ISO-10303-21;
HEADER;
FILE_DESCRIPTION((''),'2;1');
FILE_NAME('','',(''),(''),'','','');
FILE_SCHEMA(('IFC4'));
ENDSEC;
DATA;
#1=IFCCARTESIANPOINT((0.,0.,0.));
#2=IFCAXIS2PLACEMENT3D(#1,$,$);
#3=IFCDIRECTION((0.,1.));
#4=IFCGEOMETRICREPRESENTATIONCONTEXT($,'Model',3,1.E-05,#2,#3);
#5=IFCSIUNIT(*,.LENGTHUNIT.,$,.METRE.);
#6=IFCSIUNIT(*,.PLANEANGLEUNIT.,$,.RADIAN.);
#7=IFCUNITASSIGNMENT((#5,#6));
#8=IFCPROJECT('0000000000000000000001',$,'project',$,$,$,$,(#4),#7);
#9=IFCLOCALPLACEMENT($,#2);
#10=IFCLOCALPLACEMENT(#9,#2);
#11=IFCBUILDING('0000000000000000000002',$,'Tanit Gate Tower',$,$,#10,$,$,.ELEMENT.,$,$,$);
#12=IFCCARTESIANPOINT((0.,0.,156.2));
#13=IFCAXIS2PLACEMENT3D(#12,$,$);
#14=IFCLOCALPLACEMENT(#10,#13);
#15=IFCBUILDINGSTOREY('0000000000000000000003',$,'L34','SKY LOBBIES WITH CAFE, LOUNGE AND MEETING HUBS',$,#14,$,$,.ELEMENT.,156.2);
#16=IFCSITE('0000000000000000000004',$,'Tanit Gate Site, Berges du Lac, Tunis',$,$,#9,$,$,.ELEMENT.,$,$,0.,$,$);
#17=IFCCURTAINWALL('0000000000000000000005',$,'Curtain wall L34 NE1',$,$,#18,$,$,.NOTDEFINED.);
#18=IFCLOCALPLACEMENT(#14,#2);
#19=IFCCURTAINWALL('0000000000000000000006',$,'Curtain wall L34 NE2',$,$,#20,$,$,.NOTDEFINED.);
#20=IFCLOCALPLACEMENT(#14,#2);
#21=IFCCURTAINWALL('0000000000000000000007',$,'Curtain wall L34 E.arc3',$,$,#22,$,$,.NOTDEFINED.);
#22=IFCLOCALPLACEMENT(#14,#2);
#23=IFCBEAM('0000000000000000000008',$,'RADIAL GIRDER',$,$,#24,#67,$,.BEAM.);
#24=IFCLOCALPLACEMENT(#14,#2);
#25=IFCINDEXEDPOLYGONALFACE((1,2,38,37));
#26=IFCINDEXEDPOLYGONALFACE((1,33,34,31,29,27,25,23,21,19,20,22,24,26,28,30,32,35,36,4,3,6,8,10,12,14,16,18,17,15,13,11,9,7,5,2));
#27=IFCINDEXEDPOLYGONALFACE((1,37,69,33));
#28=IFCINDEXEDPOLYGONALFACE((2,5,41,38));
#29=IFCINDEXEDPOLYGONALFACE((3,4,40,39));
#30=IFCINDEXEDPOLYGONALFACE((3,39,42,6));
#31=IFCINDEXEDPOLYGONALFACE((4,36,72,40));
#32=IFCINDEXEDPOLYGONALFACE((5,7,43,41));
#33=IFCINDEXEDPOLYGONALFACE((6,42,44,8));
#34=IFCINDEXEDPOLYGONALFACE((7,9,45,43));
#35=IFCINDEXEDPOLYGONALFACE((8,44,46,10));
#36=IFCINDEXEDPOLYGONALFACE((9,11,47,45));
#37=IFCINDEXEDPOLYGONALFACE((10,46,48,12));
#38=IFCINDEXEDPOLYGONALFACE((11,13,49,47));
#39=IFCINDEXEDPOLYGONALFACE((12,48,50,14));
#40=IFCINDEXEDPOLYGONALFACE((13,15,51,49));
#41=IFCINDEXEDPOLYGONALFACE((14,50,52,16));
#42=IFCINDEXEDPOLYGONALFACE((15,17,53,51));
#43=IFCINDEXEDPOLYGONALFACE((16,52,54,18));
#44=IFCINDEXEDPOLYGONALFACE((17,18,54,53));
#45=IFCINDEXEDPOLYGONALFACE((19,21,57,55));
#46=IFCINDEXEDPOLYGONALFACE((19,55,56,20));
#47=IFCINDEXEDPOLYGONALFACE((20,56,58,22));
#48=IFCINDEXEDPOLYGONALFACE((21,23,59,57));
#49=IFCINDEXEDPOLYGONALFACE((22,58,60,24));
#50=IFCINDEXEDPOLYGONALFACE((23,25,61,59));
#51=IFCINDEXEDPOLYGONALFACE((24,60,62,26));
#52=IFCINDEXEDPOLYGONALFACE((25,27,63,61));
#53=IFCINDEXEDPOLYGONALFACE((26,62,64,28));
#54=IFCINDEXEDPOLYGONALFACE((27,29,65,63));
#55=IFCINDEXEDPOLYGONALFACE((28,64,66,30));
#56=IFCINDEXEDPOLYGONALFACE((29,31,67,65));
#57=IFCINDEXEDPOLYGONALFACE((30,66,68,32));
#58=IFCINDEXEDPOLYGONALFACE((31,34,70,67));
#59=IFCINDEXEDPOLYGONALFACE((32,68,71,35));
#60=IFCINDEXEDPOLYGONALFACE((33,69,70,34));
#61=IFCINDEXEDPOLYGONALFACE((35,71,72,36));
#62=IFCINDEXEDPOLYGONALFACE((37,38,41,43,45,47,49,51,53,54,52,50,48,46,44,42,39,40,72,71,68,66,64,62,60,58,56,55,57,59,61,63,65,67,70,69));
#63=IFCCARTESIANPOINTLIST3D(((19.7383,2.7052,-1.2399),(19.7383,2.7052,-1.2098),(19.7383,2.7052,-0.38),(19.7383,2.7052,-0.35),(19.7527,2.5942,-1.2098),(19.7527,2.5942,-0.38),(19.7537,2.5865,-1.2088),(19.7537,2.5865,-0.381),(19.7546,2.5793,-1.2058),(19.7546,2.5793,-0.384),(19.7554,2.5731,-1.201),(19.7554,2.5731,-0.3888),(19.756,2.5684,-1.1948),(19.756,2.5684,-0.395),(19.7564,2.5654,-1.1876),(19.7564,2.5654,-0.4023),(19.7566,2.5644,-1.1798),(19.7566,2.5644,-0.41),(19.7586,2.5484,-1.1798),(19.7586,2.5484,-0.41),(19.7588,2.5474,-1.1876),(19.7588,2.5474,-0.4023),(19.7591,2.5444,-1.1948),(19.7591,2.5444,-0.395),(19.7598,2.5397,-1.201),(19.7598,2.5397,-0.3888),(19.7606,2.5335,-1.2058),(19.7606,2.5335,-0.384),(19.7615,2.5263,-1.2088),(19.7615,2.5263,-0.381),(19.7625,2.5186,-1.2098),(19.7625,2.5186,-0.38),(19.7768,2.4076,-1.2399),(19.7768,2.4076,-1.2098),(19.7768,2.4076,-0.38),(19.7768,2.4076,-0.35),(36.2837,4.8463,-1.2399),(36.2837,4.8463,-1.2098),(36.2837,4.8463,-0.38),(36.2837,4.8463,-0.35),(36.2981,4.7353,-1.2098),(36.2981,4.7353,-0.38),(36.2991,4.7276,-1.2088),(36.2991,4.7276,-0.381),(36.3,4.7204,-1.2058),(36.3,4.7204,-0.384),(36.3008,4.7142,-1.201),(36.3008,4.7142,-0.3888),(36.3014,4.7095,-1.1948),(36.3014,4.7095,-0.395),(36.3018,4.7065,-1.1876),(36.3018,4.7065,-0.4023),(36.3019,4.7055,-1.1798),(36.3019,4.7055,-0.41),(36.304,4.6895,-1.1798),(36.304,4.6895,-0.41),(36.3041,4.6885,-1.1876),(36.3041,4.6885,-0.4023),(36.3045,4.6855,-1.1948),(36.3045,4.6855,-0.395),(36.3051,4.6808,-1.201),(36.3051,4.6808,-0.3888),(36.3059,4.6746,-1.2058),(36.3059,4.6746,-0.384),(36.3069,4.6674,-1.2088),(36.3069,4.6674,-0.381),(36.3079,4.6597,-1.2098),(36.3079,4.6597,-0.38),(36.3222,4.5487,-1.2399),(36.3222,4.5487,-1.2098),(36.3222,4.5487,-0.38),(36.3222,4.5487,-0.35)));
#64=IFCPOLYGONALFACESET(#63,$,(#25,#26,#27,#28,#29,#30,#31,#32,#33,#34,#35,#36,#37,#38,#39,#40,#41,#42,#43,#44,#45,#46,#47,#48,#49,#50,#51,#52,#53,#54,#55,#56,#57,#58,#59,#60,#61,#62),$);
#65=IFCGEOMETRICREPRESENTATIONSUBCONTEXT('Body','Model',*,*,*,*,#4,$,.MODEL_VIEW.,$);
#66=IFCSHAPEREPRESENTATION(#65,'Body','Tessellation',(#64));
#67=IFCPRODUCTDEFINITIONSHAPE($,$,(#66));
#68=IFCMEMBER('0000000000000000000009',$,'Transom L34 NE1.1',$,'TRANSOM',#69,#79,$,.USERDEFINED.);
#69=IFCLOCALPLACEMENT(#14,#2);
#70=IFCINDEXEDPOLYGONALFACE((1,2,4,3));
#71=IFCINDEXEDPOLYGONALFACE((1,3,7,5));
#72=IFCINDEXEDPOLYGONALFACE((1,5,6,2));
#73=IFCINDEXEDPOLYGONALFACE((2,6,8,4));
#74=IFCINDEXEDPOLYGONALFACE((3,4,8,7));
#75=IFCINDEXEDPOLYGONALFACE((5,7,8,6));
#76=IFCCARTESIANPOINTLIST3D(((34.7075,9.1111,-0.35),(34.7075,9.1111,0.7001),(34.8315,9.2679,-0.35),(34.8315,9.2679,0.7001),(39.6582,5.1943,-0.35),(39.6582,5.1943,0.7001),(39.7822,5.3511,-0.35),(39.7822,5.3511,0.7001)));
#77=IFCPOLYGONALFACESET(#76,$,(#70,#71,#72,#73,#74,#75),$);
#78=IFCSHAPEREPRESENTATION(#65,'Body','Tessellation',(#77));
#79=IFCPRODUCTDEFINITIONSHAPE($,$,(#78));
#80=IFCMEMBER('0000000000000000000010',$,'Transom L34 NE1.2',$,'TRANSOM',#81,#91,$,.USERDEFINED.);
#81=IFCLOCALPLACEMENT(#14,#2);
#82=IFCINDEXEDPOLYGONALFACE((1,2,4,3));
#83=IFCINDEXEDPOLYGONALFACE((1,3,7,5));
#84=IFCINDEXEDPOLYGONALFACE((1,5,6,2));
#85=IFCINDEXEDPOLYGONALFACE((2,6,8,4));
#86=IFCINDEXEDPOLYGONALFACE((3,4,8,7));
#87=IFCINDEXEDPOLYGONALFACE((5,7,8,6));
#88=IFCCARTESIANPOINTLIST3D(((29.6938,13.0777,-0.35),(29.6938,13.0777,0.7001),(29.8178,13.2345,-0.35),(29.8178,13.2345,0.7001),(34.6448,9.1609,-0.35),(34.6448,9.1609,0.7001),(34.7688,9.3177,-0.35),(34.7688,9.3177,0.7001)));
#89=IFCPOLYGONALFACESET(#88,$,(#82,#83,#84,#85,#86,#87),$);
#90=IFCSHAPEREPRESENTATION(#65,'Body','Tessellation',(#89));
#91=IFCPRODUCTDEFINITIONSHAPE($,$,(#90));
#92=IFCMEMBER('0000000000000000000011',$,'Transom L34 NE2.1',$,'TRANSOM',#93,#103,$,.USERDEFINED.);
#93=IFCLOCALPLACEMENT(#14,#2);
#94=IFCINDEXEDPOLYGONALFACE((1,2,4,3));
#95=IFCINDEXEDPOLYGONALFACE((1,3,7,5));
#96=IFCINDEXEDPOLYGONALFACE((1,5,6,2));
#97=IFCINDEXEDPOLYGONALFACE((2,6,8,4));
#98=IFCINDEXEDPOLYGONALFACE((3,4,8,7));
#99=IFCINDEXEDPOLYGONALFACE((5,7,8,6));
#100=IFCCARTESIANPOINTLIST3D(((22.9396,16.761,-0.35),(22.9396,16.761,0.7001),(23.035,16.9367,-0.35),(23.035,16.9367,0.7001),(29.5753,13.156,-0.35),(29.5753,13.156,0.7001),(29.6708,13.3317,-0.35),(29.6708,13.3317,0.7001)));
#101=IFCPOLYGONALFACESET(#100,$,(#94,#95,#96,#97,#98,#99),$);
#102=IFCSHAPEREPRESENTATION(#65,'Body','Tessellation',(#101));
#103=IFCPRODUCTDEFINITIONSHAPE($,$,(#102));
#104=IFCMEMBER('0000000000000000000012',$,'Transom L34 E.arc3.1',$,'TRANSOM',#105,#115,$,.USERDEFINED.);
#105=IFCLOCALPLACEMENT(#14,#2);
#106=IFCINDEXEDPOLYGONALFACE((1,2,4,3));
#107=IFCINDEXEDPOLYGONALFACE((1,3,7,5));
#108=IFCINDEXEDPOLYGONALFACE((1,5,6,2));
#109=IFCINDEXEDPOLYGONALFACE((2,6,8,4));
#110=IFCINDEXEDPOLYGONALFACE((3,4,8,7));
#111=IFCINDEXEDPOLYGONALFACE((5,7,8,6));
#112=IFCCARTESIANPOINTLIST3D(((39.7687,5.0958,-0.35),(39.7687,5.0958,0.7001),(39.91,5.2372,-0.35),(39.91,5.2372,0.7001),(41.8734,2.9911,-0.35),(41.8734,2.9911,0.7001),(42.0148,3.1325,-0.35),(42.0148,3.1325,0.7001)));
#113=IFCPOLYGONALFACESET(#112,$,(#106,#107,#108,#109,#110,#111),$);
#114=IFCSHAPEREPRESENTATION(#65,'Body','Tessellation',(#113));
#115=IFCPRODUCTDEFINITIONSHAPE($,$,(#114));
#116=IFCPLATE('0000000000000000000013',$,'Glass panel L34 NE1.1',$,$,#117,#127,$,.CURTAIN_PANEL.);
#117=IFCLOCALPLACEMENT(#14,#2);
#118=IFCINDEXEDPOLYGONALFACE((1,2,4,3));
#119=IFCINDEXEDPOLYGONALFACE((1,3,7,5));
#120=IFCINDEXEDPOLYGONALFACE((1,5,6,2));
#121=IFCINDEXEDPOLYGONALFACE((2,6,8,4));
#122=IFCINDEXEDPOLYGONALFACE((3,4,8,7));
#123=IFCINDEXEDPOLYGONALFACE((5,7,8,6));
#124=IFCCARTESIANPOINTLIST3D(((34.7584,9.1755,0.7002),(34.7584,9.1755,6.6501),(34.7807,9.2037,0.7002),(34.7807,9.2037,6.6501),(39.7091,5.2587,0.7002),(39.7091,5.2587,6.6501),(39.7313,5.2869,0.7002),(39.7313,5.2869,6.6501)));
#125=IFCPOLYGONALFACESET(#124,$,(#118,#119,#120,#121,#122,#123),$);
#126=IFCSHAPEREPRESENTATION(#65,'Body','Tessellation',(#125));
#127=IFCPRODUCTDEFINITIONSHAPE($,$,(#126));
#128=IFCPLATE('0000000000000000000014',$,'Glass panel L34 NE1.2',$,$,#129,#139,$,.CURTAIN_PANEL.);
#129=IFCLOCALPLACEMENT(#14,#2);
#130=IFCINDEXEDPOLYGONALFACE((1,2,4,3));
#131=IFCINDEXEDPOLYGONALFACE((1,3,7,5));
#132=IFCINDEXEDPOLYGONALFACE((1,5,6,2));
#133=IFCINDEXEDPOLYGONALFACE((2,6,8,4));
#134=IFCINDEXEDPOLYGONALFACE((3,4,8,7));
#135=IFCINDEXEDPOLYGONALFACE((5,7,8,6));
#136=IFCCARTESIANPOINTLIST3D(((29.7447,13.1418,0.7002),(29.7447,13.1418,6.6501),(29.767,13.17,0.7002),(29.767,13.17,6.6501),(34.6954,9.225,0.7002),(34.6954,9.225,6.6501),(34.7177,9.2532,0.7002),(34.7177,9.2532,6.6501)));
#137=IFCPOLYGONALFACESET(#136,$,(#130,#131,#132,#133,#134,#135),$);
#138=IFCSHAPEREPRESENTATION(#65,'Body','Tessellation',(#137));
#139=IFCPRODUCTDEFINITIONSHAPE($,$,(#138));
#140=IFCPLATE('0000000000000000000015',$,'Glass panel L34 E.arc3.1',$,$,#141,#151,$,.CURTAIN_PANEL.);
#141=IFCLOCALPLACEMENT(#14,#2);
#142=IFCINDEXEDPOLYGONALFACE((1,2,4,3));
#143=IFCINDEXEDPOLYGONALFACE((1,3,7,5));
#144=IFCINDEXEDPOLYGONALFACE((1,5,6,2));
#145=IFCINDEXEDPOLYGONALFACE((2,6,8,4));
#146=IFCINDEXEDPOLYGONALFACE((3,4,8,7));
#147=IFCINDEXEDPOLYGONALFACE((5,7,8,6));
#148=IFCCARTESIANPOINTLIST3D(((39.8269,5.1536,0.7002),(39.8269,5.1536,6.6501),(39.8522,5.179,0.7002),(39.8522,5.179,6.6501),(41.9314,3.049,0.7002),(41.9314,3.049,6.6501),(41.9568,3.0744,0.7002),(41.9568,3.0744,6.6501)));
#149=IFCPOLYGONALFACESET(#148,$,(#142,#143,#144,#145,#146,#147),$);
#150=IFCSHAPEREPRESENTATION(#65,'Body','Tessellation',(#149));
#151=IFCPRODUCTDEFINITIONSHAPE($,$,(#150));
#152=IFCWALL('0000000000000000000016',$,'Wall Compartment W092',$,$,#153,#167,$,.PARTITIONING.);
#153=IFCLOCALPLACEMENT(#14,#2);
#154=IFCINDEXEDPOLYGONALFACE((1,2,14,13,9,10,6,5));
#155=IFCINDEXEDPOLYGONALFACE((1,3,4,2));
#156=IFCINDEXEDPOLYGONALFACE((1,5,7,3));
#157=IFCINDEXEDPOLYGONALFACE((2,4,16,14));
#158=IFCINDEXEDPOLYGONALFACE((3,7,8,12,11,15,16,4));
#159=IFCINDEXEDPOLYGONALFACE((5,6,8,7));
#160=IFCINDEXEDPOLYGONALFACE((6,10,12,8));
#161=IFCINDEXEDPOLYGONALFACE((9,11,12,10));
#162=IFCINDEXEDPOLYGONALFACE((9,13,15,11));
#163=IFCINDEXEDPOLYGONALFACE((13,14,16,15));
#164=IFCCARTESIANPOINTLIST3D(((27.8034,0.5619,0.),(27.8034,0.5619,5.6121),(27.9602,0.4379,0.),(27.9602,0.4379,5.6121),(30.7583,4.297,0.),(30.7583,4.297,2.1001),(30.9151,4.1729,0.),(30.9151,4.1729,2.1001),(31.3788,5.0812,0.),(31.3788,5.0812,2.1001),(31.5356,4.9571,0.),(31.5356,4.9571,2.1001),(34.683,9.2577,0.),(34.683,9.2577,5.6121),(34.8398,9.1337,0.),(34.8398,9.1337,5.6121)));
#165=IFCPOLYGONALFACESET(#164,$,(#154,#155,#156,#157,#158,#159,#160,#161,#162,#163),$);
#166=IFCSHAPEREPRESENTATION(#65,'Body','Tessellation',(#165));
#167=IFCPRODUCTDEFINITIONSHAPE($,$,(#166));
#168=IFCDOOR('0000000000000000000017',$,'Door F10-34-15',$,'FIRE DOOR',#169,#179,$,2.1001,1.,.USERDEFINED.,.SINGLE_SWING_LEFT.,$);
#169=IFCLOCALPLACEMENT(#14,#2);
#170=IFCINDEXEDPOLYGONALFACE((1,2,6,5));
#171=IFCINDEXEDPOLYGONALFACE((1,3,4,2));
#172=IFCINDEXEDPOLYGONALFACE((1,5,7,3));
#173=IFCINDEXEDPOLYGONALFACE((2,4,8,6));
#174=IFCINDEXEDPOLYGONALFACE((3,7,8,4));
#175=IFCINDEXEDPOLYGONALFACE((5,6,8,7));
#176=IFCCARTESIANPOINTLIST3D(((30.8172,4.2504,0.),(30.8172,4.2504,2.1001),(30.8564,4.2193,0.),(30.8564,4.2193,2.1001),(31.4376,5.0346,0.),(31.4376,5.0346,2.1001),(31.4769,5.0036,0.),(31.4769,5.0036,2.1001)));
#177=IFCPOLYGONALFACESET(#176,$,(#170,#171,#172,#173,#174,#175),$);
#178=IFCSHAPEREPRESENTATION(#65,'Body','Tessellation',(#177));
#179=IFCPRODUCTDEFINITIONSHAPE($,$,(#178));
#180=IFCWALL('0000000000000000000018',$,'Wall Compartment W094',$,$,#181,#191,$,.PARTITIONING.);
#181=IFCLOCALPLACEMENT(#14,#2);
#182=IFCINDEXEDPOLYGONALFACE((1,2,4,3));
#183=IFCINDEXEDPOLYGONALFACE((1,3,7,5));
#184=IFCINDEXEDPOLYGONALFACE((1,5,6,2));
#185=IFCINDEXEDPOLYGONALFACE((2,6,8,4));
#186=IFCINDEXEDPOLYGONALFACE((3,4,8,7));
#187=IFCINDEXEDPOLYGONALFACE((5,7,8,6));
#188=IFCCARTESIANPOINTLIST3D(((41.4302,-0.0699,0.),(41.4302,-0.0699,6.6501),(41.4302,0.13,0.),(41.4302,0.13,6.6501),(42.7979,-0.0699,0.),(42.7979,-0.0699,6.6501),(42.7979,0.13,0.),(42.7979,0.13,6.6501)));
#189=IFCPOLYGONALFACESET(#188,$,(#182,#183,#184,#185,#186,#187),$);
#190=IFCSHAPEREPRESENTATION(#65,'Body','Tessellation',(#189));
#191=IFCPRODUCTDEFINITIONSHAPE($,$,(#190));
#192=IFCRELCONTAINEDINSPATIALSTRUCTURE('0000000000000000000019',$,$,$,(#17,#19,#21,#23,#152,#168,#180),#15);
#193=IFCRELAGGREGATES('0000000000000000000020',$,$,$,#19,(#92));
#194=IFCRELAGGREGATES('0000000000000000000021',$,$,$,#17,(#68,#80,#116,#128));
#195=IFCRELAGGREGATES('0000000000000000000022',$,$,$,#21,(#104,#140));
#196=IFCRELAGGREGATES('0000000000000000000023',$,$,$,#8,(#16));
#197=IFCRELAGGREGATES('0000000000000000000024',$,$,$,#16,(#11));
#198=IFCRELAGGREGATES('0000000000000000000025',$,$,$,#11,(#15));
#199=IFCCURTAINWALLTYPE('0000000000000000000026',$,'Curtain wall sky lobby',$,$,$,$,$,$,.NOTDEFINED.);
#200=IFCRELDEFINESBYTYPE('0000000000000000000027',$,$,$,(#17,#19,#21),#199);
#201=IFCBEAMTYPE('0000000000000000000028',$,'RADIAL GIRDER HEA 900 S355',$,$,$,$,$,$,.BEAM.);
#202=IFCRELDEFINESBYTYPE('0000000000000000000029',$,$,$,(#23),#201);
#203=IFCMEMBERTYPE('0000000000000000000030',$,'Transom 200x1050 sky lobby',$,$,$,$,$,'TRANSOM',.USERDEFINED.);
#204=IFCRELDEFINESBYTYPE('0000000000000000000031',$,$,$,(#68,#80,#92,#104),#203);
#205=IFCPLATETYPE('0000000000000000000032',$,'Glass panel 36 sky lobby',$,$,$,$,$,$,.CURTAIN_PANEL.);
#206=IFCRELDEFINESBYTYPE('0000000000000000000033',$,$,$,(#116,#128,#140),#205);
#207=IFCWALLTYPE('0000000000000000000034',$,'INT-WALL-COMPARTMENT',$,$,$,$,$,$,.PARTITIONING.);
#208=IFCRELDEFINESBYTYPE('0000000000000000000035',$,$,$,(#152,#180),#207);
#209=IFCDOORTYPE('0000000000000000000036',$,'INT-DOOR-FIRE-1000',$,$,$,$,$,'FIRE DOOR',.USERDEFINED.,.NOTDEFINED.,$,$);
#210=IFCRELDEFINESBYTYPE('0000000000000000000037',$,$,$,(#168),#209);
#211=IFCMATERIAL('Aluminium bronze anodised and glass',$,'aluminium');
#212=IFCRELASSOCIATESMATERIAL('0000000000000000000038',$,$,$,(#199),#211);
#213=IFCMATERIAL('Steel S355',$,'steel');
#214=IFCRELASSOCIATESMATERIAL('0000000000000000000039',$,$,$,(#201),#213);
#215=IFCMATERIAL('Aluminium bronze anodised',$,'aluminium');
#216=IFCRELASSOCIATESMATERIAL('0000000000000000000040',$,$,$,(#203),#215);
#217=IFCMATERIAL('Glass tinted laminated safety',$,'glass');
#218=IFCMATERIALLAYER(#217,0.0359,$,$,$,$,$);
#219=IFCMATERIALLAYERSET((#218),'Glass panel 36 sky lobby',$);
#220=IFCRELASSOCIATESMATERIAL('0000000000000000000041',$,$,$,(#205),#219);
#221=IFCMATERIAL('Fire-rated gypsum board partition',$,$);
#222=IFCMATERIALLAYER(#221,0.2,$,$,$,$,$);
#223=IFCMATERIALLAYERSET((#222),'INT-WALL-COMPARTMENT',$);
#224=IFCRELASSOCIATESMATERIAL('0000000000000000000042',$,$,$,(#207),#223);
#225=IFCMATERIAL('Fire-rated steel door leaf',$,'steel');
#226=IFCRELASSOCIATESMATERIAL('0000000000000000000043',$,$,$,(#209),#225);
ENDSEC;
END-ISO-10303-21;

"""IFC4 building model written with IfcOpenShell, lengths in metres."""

from ifc_helpers import new_model, si_unit, direction, frame, frame_2d, origin, origin_2d, place, context, subcontext, project, spatial, rectangle, i_section, extrude, material, layer, layer_set, material_profile, profile_set, type_object, element, fill, aggregate, save


model = new_model("IFC4")

# Units and contexts
model_context = context("Model", 3, precision=1e-05, world=origin(), true_north=direction((0.0, 1.0)))
body_context = subcontext(model_context, "Body", "Model", "MODEL_VIEW")
ifc_project = project(units=[si_unit("LENGTHUNIT", "METRE"), si_unit("PLANEANGLEUNIT", "RADIAN")], contexts=[model_context])

# Site, building, storey
site_placement = place(None, origin())
site = spatial("IfcSite", under=ifc_project, at=site_placement, Name="Tanit Gate Site, Berges du Lac, Tunis", CompositionType="ELEMENT", RefElevation=0.0)
building_placement = place(site_placement, origin())
building = spatial("IfcBuilding", under=site, at=building_placement, Name="Tanit Gate Tower", CompositionType="ELEMENT")
storey_placement = place(building_placement, frame((0.0, 0.0, 156.2)))
storey = spatial("IfcBuildingStorey", under=building, at=storey_placement, Name="L34", Description="SKY LOBBIES WITH CAFE, LOUNGE AND MEETING HUBS", CompositionType="ELEMENT", Elevation=156.2)

# Curtain wall
ifc_material_1 = material(Name="Aluminium bronze anodised and glass", Category="aluminium")
curtain_wall_type = type_object("IfcCurtainWallType", Name="Curtain wall sky lobby", PredefinedType="NOTDEFINED", material=ifc_material_1)
curtain_wall_1_placement = place(storey_placement, origin())
curtain_wall_1 = element("IfcCurtainWall", 1, at=curtain_wall_1_placement, inside=storey, type_object=curtain_wall_type, Name="Curtain wall L34 NE1", PredefinedType="NOTDEFINED")

# Curtain wall
curtain_wall_2_placement = place(storey_placement, origin())
curtain_wall_2 = element("IfcCurtainWall", 2, at=curtain_wall_2_placement, inside=storey, type_object=curtain_wall_type, Name="Curtain wall L34 NE2", PredefinedType="NOTDEFINED")

# Curtain wall
curtain_wall_3_placement = place(storey_placement, origin())
curtain_wall_3 = element("IfcCurtainWall", 3, at=curtain_wall_3_placement, inside=storey, type_object=curtain_wall_type, Name="Curtain wall L34 E.arc3", PredefinedType="NOTDEFINED")

# Beam
ifc_material_2 = material(Name="Steel S355", Category="steel")
ifc_material_profile_1 = material_profile(ifc_material_2, i_section(OverallWidth=0.3, OverallDepth=0.8899, WebThickness=0.0161, FlangeThickness=0.03, FilletRadius=0.03, at=origin_2d()), Name="HEA 900")
ifc_profile_set_1 = profile_set([ifc_material_profile_1], Name="Steel S355")
beam_type_1 = type_object("IfcBeamType", Name="RADIAL GIRDER HEA 900 S355", PredefinedType="BEAM", material=ifc_profile_set_1)
beam_1_placement = place(storey_placement, frame((36.303, 4.6975, -0.7949), z_axis=(-0.99173, -0.128338, 0.0), x_axis=(0.128338, -0.99173, 0.0)))
element("IfcBeam", 4, at=beam_1_placement, inside=storey, type_object=beam_type_1, Name="RADIAL GIRDER", PredefinedType="BEAM", context=body_context, shape_type="SweptSolid", body=[
    extrude(i_section(OverallWidth=0.3, OverallDepth=0.8899, WebThickness=0.0161, FlangeThickness=0.03, FilletRadius=0.03, at=origin_2d()), origin(), (0.0, 0.0, 1.0), 16.6833),
])

# Members
ifc_material_3 = material(Name="Aluminium bronze anodised", Category="aluminium")
ifc_material_profile_2 = material_profile(ifc_material_3, rectangle(XDim=0.2, YDim=1.05, at=origin_2d()), Name="200x1050 bronze transom")
ifc_profile_set_2 = profile_set([ifc_material_profile_2], Name="Aluminium bronze anodised")
member_type_1 = type_object("IfcMemberType", Name="Transom 200x1050 sky lobby", ElementType="TRANSOM", PredefinedType="USERDEFINED", material=ifc_profile_set_2)
member_1_placement = place(storey_placement, frame((39.7202, 5.2727, 0.175), z_axis=(-0.784242, 0.620455, 0.0), x_axis=(-0.620455, -0.784242, 0.0)))
member_1 = element("IfcMember", 5, at=member_1_placement, type_object=member_type_1, Name="Transom L34 NE1.1", ObjectType="TRANSOM", PredefinedType="USERDEFINED", context=body_context, shape_type="SweptSolid", body=[
    extrude(rectangle(XDim=0.2, YDim=1.05, at=origin_2d()), origin(), (0.0, 0.0, 1.0), 6.3127),
])
member_2_placement = place(storey_placement, frame((34.7068, 9.2393, 0.175), z_axis=(-0.784257, 0.620436, 0.0), x_axis=(-0.620436, -0.784257, 0.0)))
member_2 = element("IfcMember", 6, at=member_2_placement, type_object=member_type_1, Name="Transom L34 NE1.2", ObjectType="TRANSOM", PredefinedType="USERDEFINED", context=body_context, shape_type="SweptSolid", body=[
    extrude(rectangle(XDim=0.2, YDim=1.05, at=origin_2d()), origin(), (0.0, 0.0, 1.0), 6.313),
])
member_3_placement = place(storey_placement, frame((29.623, 13.2439, 0.175), z_axis=(-0.878702, 0.47737, 0.0), x_axis=(-0.47737, -0.878702, 0.0)))
member_3 = element("IfcMember", 7, at=member_3_placement, type_object=member_type_1, Name="Transom L34 NE2.1", ObjectType="TRANSOM", PredefinedType="USERDEFINED", context=body_context, shape_type="SweptSolid", body=[
    extrude(rectangle(XDim=0.2, YDim=1.05, at=origin_2d()), origin(), (0.0, 0.0, 1.0), 7.5518),
])
aggregate(curtain_wall_2, [member_3])
member_4_placement = place(storey_placement, frame((41.9441, 3.0618, 0.175), z_axis=(-0.707107, 0.707107, 0.0), x_axis=(-0.707107, -0.707107, 0.0)))
member_4 = element("IfcMember", 8, at=member_4_placement, type_object=member_type_1, Name="Transom L34 E.arc3.1", ObjectType="TRANSOM", PredefinedType="USERDEFINED", context=body_context, shape_type="SweptSolid", body=[
    extrude(rectangle(XDim=0.2, YDim=1.05, at=origin_2d()), origin(), (0.0, 0.0, 1.0), 2.9766),
])

# Plates
ifc_material_4 = material(Name="Glass tinted laminated safety", Category="glass")
ifc_layer_1 = layer(ifc_material_4, 0.0359)
ifc_layer_set_1 = layer_set([ifc_layer_1], Name="Glass panel 36 sky lobby")
plate_type = type_object("IfcPlateType", Name="Glass panel 36 sky lobby", PredefinedType="CURTAIN_PANEL", material=ifc_layer_set_1)
plate_1_placement = place(storey_placement, frame((37.2449, 7.2312, 0.7002), z_axis=(0.0, 0.0, 1.0), x_axis=(-0.784237, 0.620462, 0.0)))
plate_1 = element("IfcPlate", 9, at=plate_1_placement, type_object=plate_type, Name="Glass panel L34 NE1.1", PredefinedType="CURTAIN_PANEL", context=body_context, shape_type="SweptSolid", body=[
    extrude(rectangle(XDim=6.3127, YDim=0.0359, at=origin_2d()), origin(), (0.0, 0.0, 1.0), 5.95),
])
plate_2_placement = place(storey_placement, frame((32.2312, 11.1975, 0.7002), z_axis=(0.0, 0.0, 1.0), x_axis=(-0.784237, 0.620462, 0.0)))
plate_2 = element("IfcPlate", 10, at=plate_2_placement, type_object=plate_type, Name="Glass panel L34 NE1.2", PredefinedType="CURTAIN_PANEL", context=body_context, shape_type="SweptSolid", body=[
    extrude(rectangle(XDim=6.3127, YDim=0.0359, at=origin_2d()), origin(), (0.0, 0.0, 1.0), 5.95),
])
aggregate(curtain_wall_1, [member_1, member_2, plate_1, plate_2])
plate_3_placement = place(storey_placement, frame((40.8918, 4.114, 0.7002), z_axis=(0.0, 0.0, 1.0), x_axis=(-0.707107, 0.707107, 0.0)))
plate_3 = element("IfcPlate", 11, at=plate_3_placement, type_object=plate_type, Name="Glass panel L34 E.arc3.1", PredefinedType="CURTAIN_PANEL", context=body_context, shape_type="SweptSolid", body=[
    extrude(rectangle(XDim=2.9763, YDim=0.0359, at=origin_2d()), origin(), (0.0, 0.0, 1.0), 5.95),
])
aggregate(curtain_wall_3, [member_4, plate_3])

# Wall, opening, door
ifc_material_5 = material(Name="Fire-rated gypsum board partition")
ifc_layer_2 = layer(ifc_material_5, 0.2)
ifc_layer_set_2 = layer_set([ifc_layer_2], Name="INT-WALL-COMPARTMENT")
wall_type = type_object("IfcWallType", Name="INT-WALL-COMPARTMENT", PredefinedType="PARTITIONING", material=ifc_layer_set_2)
wall_1_placement = place(storey_placement, frame((27.8818, 0.5, 0.0), z_axis=(0.0, 0.0, 1.0), x_axis=(0.620451, 0.784245, 0.0)))
wall_1 = element("IfcWall", 12, at=wall_1_placement, inside=storey, type_object=wall_type, Name="Wall Compartment W092", PredefinedType="PARTITIONING", context=body_context, shape_type="SweptSolid", body=[
    extrude(rectangle(XDim=11.0881, YDim=0.2, at=frame_2d((5.5439, 0.0))), origin(), (0.0, 0.0, 1.0), 5.6121),
])
opening_placement = place(wall_1_placement, frame((4.7625, 0.0, 0.0)))
opening = element("IfcOpeningElement", 13, at=opening_placement, cuts=wall_1, PredefinedType="OPENING", context=body_context, shape_type="SweptSolid", body=[
    extrude(rectangle(XDim=1.0, YDim=2.1001, at=frame_2d((0.5, 1.05))), frame((0.0, 0.1099, 0.0), z_axis=(0.0, -1.0, 0.0), x_axis=(1.0, 0.0, 0.0)), (0.0, 0.0, 1.0), 0.22),
])
ifc_material_6 = material(Name="Fire-rated steel door leaf", Category="steel")
door_type = type_object("IfcDoorType", Name="INT-DOOR-FIRE-1000", ElementType="FIRE DOOR", OperationType="NOTDEFINED", PredefinedType="USERDEFINED", material=ifc_material_6)
door_placement = place(opening_placement, origin())
door = element("IfcDoor", 14, at=door_placement, inside=storey, type_object=door_type, Name="Door F10-34-15", ObjectType="FIRE DOOR", OperationType="SINGLE_SWING_LEFT", OverallHeight=2.1001, OverallWidth=1.0, PredefinedType="USERDEFINED", context=body_context, shape_type="SweptSolid", body=[
    extrude(rectangle(XDim=1.0, YDim=2.1001, at=frame_2d((0.5, 1.05))), frame((0.0, 0.0249, 0.0), z_axis=(0.0, -1.0, 0.0), x_axis=(1.0, 0.0, 0.0)), (0.0, 0.0, 1.0), 0.05),
])
fill(opening, door)

# Wall
wall_2_placement = place(storey_placement, frame((42.7979, 0.03, 0.0), z_axis=(0.0, 0.0, 1.0), x_axis=(-1.0, 0.0, 0.0)))
element("IfcWall", 15, at=wall_2_placement, inside=storey, type_object=wall_type, Name="Wall Compartment W094", PredefinedType="PARTITIONING", context=body_context, shape_type="SweptSolid", body=[
    extrude(rectangle(XDim=1.3677, YDim=0.2, at=frame_2d((0.6838, 0.0))), origin(), (0.0, 0.0, 1.0), 6.6501),
])

save(model, "model.ifc")
